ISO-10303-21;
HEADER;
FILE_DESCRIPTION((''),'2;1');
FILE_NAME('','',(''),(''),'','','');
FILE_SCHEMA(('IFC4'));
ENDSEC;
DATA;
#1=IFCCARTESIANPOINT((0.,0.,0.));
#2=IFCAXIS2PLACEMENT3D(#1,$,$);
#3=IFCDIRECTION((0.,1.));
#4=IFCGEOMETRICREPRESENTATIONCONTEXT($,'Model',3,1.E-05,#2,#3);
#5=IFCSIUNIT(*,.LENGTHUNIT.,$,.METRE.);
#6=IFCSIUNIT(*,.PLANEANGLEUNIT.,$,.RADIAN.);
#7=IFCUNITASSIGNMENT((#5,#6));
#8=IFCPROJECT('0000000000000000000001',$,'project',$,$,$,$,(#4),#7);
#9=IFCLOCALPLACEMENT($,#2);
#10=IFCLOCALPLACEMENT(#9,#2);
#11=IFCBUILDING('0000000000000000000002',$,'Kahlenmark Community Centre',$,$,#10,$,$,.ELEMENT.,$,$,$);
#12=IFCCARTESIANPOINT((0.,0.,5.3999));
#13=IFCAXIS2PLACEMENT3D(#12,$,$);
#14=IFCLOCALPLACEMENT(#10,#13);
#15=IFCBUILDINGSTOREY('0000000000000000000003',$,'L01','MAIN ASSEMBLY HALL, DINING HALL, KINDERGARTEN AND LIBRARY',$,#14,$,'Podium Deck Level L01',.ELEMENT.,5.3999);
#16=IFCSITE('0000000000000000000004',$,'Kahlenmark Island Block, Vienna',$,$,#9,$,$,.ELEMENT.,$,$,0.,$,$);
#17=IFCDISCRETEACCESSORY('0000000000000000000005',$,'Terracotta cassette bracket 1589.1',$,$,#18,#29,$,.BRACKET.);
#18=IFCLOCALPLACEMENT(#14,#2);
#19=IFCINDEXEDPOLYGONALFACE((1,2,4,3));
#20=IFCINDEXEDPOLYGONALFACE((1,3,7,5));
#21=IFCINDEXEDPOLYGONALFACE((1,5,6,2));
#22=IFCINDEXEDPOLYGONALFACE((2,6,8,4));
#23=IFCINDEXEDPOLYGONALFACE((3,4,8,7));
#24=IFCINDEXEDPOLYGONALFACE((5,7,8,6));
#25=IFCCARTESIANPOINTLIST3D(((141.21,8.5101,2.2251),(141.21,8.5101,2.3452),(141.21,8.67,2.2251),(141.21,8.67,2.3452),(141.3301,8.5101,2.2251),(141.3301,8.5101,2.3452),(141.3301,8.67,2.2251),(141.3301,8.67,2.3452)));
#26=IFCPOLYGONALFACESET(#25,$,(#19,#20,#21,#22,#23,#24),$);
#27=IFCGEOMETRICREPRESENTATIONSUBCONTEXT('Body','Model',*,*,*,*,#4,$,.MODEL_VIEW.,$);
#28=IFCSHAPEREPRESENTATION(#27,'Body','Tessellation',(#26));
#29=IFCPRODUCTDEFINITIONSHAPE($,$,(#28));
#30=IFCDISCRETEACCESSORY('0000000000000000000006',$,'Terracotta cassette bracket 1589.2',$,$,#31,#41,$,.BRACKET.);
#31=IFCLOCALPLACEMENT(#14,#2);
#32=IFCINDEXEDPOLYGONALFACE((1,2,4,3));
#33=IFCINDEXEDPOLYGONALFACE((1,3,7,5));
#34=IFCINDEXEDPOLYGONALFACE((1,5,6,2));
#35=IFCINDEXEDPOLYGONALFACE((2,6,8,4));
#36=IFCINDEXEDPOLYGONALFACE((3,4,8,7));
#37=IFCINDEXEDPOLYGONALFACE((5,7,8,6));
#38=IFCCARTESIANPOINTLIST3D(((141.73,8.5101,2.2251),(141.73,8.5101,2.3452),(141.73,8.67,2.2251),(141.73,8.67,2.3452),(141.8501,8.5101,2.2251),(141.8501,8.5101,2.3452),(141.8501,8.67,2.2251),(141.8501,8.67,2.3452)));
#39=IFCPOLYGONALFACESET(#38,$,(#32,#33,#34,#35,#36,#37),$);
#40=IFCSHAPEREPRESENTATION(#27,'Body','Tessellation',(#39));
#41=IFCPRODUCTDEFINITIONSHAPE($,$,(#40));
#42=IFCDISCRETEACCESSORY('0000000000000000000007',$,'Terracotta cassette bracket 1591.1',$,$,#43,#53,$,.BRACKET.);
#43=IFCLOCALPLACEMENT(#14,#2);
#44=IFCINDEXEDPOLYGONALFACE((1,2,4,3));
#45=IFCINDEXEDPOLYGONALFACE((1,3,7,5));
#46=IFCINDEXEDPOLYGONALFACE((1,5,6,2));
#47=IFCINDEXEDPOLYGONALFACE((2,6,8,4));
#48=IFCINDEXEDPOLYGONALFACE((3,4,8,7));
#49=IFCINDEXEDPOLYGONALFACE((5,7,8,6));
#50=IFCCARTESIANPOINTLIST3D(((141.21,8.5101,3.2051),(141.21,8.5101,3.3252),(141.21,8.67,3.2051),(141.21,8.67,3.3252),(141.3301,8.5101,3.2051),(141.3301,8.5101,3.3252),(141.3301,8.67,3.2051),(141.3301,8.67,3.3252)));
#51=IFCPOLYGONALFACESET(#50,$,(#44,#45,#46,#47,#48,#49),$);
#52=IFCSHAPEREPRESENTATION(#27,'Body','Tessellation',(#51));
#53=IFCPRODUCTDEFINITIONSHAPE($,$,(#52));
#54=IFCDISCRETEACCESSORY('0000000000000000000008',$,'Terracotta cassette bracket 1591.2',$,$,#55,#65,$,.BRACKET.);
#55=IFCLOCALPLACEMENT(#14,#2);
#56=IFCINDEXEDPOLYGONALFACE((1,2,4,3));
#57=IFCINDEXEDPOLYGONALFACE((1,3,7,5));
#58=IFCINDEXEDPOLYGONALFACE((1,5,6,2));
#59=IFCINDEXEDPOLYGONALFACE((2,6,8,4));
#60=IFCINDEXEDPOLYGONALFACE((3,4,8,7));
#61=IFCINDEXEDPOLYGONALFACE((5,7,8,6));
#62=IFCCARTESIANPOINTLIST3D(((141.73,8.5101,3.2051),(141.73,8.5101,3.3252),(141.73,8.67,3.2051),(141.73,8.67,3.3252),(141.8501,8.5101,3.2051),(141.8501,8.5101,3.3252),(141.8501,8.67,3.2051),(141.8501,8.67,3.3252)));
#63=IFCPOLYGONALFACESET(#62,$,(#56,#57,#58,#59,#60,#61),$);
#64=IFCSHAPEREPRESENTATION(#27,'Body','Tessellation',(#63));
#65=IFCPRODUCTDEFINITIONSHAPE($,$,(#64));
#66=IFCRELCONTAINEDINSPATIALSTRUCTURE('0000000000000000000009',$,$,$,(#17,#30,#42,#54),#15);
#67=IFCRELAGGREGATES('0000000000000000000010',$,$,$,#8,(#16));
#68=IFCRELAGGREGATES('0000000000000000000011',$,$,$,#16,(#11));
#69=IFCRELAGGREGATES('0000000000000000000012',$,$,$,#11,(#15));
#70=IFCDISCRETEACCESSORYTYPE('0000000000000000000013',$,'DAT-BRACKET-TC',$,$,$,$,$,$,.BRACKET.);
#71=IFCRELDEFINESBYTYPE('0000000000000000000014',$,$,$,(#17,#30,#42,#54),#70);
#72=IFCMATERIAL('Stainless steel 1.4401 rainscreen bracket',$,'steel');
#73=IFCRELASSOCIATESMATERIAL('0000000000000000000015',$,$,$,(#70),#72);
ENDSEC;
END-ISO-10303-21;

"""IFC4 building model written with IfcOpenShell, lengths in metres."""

from ifc_helpers import new_model, si_unit, direction, frame, origin, origin_2d, place, context, subcontext, project, spatial, rectangle, extrude, material, type_object, element, save


model = new_model("IFC4")

# Units and contexts
model_context = context("Model", 3, precision=1e-05, world=origin(), true_north=direction((0.0, 1.0)))
body_context = subcontext(model_context, "Body", "Model", "MODEL_VIEW")
ifc_project = project(units=[si_unit("LENGTHUNIT", "METRE"), si_unit("PLANEANGLEUNIT", "RADIAN")], contexts=[model_context])

# Site, building, storey
site_placement = place(None, origin())
site = spatial("IfcSite", under=ifc_project, at=site_placement, Name="Kahlenmark Island Block, Vienna", CompositionType="ELEMENT", RefElevation=0.0)
building_placement = place(site_placement, origin())
building = spatial("IfcBuilding", under=site, at=building_placement, Name="Kahlenmark Community Centre", CompositionType="ELEMENT")
storey_placement = place(building_placement, frame((0.0, 0.0, 5.3999)))
storey = spatial("IfcBuildingStorey", under=building, at=storey_placement, Name="L01", Description="MAIN ASSEMBLY HALL, DINING HALL, KINDERGARTEN AND LIBRARY", LongName="Podium Deck Level L01", CompositionType="ELEMENT", Elevation=5.3999)

# Discrete accessories
ifc_material_1 = material(Name="Stainless steel 1.4401 rainscreen bracket", Category="steel")
discrete_accessory_type = type_object("IfcDiscreteAccessoryType", Name="DAT-BRACKET-TC", PredefinedType="BRACKET", material=ifc_material_1)
for number, where, z_axis, x_axis, name in (
    (1, (141.27, 8.5901, 2.2251), (0.0, 0.0, 1.0), (1.0, 0.0, 0.0), "Terracotta cassette bracket 1589.1"),
    (2, (141.79, 8.5901, 2.2251), (0.0, 0.0, 1.0), (1.0, 0.0, 0.0), "Terracotta cassette bracket 1589.2"),
    (3, (141.27, 8.5901, 3.2051), (0.0, 0.0, 1.0), (1.0, 0.0, 0.0), "Terracotta cassette bracket 1591.1"),
    (4, (141.79, 8.5901, 3.2051), (0.0, 0.0, 1.0), (1.0, 0.0, 0.0), "Terracotta cassette bracket 1591.2"),
):
    element("IfcDiscreteAccessory", number, at=place(storey_placement, frame(where, z_axis=z_axis, x_axis=x_axis)), inside=storey, type_object=discrete_accessory_type, Name=name, PredefinedType="BRACKET", context=body_context, shape_type="SweptSolid", body=[
        extrude(rectangle(XDim=0.1201, YDim=0.1599, at=origin_2d()), origin(), (0.0, 0.0, 1.0), 0.1201),
    ])

save(model, "model.ifc")
